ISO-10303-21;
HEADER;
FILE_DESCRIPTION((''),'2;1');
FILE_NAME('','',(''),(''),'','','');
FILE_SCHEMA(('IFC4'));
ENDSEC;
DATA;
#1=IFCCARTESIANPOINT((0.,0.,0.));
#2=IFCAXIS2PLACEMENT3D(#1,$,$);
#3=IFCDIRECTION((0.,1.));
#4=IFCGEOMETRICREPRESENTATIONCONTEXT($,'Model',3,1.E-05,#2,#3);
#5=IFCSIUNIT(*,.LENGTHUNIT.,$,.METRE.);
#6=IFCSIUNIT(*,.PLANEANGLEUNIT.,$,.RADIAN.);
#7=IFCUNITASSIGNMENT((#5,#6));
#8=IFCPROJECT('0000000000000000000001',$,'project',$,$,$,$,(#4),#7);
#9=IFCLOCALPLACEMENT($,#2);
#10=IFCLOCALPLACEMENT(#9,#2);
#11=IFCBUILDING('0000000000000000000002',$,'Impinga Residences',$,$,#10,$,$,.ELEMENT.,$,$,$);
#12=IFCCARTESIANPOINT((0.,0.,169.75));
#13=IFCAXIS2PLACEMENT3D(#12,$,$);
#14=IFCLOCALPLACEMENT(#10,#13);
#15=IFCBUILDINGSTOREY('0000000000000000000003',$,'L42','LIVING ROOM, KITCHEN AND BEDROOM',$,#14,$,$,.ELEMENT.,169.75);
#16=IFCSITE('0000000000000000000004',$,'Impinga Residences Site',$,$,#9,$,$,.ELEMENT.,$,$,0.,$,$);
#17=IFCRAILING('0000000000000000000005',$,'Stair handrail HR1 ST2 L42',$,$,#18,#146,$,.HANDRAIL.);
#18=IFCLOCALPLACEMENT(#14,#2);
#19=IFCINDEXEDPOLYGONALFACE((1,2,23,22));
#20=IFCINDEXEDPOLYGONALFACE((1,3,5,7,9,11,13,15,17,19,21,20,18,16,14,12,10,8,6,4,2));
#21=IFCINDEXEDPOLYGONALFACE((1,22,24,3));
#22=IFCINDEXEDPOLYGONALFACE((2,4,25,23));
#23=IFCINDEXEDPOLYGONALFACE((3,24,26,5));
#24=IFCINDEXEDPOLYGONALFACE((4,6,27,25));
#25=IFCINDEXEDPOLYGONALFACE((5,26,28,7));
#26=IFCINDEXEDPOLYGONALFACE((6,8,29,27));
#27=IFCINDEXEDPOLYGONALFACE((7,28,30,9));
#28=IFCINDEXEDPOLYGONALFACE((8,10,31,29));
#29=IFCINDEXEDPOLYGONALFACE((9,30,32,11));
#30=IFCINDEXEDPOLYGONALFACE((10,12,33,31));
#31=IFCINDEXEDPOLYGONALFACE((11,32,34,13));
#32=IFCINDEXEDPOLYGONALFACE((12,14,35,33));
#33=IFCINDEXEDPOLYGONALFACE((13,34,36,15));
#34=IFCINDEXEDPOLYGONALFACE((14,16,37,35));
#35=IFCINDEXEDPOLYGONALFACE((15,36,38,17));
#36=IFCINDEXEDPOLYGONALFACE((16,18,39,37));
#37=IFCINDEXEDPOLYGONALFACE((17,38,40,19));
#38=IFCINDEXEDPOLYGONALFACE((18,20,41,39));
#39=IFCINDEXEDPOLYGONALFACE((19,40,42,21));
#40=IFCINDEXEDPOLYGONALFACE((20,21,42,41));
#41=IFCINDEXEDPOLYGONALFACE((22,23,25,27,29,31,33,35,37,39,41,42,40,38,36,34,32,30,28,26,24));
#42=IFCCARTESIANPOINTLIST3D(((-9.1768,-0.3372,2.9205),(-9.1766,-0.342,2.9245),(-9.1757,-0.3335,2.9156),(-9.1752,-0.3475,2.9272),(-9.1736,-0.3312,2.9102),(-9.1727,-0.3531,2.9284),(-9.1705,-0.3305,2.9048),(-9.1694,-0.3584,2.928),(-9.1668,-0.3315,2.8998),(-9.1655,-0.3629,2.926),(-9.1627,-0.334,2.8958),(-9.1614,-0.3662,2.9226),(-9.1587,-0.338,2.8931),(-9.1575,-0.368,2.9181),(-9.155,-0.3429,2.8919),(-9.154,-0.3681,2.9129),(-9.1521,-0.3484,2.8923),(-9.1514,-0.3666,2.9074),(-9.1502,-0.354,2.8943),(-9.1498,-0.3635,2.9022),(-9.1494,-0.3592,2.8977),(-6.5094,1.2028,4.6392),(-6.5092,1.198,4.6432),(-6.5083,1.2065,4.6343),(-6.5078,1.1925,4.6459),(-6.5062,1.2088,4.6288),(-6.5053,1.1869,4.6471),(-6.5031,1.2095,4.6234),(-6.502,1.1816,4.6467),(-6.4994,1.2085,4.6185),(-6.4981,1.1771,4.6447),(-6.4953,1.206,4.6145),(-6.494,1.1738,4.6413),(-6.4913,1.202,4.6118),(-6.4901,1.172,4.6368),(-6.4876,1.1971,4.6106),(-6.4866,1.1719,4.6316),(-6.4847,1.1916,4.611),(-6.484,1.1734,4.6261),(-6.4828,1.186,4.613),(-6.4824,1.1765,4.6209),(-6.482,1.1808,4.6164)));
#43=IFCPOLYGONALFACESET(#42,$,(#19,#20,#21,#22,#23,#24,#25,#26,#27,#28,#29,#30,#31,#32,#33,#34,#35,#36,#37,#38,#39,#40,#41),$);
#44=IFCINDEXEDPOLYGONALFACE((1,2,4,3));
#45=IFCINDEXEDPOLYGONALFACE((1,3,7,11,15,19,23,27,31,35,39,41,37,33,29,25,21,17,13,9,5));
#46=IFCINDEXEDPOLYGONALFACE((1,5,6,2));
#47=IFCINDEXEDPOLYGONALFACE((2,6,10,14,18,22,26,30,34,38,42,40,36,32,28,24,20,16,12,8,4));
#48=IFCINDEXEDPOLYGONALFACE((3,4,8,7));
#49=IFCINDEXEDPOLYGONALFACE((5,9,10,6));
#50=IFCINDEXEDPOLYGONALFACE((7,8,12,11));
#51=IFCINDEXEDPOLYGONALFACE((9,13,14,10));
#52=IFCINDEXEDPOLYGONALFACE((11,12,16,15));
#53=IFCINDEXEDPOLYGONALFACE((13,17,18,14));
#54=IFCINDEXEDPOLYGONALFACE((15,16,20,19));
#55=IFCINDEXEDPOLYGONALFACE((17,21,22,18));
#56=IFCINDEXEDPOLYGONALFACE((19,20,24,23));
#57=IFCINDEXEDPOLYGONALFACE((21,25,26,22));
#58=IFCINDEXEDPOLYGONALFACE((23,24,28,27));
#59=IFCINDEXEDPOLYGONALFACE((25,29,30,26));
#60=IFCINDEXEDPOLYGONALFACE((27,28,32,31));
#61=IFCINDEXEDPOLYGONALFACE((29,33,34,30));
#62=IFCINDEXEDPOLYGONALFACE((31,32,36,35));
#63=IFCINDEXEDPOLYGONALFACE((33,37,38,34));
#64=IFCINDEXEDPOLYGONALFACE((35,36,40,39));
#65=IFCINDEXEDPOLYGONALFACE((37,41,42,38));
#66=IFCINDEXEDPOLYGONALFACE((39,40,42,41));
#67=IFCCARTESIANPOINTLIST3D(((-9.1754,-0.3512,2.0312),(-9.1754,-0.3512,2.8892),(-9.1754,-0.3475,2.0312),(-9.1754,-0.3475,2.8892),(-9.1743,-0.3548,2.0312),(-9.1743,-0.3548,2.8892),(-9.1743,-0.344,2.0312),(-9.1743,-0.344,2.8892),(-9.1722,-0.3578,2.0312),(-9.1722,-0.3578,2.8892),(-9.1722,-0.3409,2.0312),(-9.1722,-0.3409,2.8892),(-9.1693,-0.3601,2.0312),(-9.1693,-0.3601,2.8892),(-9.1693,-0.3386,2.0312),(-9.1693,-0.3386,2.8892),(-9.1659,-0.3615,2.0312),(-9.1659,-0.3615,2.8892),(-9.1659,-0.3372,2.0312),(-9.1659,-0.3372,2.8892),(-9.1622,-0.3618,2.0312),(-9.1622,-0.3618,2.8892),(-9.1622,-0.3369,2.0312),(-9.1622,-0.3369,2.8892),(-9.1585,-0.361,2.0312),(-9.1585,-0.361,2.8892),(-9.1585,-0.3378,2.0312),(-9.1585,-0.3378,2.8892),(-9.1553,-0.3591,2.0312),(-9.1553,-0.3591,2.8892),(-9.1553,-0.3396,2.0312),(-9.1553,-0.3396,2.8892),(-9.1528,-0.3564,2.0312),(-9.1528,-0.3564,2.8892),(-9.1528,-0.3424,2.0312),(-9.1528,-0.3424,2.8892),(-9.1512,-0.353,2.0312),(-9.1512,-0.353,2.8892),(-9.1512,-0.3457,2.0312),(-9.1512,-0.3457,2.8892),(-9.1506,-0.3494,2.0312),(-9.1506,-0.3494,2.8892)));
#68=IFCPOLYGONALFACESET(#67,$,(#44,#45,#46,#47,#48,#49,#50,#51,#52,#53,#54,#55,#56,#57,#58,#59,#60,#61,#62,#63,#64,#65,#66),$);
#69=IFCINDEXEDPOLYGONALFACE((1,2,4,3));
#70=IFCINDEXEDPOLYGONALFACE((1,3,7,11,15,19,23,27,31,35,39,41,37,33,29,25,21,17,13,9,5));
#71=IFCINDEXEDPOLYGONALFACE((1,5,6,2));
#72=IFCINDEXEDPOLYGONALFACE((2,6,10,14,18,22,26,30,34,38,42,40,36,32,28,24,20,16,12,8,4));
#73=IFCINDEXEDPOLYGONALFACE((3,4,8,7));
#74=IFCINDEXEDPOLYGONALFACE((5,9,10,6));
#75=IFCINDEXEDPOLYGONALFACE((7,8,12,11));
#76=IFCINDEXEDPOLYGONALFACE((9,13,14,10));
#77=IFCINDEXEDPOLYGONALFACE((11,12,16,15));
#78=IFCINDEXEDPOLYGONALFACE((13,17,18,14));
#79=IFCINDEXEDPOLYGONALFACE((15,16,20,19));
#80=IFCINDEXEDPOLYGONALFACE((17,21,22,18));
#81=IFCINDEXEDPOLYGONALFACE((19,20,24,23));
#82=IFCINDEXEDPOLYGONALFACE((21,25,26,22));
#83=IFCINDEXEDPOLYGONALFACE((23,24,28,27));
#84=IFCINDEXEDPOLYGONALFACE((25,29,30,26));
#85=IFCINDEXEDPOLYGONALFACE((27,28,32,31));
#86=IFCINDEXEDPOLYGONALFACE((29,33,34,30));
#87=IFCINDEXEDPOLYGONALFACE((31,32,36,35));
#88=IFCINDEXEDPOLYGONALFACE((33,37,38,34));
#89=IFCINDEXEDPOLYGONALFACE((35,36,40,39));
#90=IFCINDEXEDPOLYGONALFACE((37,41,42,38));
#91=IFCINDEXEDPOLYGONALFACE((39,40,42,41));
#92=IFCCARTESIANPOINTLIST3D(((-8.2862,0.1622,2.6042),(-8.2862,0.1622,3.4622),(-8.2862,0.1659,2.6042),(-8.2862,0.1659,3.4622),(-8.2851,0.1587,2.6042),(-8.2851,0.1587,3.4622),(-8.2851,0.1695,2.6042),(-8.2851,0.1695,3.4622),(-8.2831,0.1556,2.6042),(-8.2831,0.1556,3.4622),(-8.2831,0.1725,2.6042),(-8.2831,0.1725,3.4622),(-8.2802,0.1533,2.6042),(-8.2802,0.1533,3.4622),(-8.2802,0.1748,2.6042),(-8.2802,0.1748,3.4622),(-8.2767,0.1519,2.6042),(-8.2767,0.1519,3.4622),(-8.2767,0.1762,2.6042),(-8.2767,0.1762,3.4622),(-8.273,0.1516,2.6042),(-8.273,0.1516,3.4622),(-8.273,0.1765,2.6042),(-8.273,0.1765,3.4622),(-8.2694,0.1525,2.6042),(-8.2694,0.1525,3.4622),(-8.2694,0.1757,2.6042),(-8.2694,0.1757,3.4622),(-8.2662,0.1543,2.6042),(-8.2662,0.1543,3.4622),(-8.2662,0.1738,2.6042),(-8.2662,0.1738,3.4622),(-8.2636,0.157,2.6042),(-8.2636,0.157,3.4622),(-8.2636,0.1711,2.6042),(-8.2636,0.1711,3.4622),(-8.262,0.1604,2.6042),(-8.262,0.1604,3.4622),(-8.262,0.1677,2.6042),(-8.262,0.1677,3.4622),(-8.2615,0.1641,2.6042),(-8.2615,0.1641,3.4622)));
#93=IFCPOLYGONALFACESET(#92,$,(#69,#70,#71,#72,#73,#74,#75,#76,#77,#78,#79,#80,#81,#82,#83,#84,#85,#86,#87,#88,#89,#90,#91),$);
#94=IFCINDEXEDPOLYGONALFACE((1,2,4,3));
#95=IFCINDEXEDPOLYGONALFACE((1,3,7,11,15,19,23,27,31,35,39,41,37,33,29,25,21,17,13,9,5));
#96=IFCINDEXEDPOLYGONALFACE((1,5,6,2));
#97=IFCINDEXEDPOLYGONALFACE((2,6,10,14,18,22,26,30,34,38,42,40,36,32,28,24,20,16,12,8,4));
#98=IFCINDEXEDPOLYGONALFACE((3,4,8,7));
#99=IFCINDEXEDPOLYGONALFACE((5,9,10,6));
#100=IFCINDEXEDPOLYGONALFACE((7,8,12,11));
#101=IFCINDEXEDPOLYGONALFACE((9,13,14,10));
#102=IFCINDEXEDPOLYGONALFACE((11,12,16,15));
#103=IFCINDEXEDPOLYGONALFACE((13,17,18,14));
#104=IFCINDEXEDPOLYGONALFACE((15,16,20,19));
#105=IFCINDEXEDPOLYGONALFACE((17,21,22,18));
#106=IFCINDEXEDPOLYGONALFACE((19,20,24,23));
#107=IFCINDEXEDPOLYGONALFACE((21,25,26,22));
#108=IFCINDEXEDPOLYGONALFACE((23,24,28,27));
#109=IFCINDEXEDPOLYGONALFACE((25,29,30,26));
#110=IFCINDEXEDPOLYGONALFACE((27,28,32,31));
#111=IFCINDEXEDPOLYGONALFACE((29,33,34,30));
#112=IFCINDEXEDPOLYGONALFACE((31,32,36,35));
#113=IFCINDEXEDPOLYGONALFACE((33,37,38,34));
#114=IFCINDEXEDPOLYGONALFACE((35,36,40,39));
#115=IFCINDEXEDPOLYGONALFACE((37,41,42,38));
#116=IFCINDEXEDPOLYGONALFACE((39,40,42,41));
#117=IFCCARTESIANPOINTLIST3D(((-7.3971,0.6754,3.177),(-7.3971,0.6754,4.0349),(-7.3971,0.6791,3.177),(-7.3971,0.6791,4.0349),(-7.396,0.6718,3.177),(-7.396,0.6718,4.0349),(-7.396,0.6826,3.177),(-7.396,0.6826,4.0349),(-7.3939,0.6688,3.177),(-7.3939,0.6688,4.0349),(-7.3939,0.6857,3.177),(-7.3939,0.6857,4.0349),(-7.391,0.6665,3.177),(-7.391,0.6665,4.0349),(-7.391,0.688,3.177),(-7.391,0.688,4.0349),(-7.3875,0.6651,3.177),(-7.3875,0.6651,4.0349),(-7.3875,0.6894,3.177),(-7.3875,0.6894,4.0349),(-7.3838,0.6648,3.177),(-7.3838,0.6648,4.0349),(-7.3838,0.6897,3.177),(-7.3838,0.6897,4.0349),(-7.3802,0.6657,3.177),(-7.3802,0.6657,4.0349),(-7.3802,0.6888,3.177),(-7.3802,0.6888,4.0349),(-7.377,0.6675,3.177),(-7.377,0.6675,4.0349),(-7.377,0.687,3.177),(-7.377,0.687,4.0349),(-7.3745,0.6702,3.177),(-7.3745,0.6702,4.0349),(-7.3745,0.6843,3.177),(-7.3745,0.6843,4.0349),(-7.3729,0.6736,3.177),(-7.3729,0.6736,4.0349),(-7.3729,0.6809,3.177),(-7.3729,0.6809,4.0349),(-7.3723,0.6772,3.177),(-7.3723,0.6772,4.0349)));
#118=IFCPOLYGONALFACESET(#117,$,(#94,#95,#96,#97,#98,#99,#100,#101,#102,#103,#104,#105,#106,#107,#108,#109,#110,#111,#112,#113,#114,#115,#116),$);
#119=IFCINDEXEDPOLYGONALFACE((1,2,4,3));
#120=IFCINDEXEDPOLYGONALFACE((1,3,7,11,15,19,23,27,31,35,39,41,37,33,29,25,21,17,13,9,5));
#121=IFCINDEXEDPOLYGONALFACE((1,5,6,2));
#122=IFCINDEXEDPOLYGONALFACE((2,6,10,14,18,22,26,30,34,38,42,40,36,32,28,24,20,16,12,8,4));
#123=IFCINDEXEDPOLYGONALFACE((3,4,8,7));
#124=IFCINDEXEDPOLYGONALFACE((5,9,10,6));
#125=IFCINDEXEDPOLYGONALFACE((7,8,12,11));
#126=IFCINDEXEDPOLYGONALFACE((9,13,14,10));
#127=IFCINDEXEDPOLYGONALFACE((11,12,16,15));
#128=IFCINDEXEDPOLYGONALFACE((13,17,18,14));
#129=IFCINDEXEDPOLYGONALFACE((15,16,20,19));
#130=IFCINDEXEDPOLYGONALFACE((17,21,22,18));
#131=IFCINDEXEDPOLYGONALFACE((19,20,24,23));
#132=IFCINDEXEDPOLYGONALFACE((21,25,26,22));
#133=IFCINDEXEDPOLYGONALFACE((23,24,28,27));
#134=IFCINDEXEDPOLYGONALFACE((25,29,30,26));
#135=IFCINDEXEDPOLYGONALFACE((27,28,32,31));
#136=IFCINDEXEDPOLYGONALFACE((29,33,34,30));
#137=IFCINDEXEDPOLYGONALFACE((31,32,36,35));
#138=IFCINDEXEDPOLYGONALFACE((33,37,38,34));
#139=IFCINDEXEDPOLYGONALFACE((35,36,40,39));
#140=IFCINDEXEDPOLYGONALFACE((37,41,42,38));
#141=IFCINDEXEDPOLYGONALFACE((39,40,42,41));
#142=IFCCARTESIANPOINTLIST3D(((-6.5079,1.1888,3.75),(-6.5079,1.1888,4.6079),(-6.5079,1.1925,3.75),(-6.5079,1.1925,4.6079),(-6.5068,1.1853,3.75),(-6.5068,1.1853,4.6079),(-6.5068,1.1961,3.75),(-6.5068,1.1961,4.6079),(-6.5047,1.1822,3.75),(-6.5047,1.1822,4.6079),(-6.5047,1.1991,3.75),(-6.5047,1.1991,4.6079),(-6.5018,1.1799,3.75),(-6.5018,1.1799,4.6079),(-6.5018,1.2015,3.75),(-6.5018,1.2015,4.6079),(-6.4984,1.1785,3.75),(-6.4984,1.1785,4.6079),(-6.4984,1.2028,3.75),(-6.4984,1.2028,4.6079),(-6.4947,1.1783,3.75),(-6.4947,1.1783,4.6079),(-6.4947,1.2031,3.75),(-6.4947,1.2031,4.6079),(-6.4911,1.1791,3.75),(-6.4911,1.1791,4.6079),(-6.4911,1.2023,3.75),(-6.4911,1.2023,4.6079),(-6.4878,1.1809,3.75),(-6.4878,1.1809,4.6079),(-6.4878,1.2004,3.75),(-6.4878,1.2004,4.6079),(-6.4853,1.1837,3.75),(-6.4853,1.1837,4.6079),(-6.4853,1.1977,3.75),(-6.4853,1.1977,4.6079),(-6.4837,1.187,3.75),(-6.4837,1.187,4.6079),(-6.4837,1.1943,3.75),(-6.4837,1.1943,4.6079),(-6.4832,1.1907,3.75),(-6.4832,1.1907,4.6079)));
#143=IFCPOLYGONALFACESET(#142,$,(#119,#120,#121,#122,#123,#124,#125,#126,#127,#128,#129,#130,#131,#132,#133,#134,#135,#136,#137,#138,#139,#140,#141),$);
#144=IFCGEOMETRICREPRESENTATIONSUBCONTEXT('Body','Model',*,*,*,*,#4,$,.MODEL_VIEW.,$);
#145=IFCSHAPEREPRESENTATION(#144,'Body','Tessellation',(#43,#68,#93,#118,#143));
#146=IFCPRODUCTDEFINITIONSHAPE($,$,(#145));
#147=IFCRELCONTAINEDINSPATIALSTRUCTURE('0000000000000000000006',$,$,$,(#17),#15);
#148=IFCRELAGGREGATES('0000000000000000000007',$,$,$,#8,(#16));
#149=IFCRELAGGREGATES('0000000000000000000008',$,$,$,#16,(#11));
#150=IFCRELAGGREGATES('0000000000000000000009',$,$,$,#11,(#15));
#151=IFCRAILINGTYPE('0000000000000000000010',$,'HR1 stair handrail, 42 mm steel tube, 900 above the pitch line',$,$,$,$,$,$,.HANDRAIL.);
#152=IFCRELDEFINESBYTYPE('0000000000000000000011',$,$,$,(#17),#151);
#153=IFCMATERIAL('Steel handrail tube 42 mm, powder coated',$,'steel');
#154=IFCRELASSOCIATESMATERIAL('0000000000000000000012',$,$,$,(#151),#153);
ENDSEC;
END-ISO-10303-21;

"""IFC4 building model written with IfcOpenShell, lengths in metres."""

from ifc_helpers import new_model, si_unit, direction, frame, origin, origin_2d, place, context, subcontext, project, spatial, circle, extrude, material, type_object, element, save


model = new_model("IFC4")

# Units and contexts
model_context = context("Model", 3, precision=1e-05, world=origin(), true_north=direction((0.0, 1.0)))
body_context = subcontext(model_context, "Body", "Model", "MODEL_VIEW")
ifc_project = project(units=[si_unit("LENGTHUNIT", "METRE"), si_unit("PLANEANGLEUNIT", "RADIAN")], contexts=[model_context])

# Site, building, storey
site_placement = place(None, origin())
site = spatial("IfcSite", under=ifc_project, at=site_placement, Name="Impinga Residences Site", CompositionType="ELEMENT", RefElevation=0.0)
building_placement = place(site_placement, origin())
building = spatial("IfcBuilding", under=site, at=building_placement, Name="Impinga Residences", CompositionType="ELEMENT")
storey_placement = place(building_placement, frame((0.0, 0.0, 169.75)))
storey = spatial("IfcBuildingStorey", under=building, at=storey_placement, Name="L42", Description="LIVING ROOM, KITCHEN AND BEDROOM", CompositionType="ELEMENT", Elevation=169.75)

# Railing
ifc_material_1 = material(Name="Steel handrail tube 42 mm, powder coated", Category="steel")
railing_type_1 = type_object("IfcRailingType", Name="HR1 stair handrail, 42 mm steel tube, 900 above the pitch line", PredefinedType="HANDRAIL", material=ifc_material_1)
railing_1_placement = place(storey_placement, frame((-9.1631, -0.3494, 2.0312)))
element("IfcRailing", 1, at=railing_1_placement, inside=storey, type_object=railing_type_1, Name="Stair handrail HR1 ST2 L42", PredefinedType="HANDRAIL", context=body_context, shape_type="SweptSolid", body=[
    extrude(circle(Radius=0.021, at=origin_2d()), frame((0.0, 0.0, 0.8789), z_axis=(0.756256, 0.436616, 0.487282), x_axis=(-0.499992, 0.86603, 0.0)), (0.0, 0.0, 1.0), 3.5271),
    extrude(circle(Radius=0.0125, at=origin_2d()), origin(), (0.0, 0.0, 1.0), 0.8579),
    extrude(circle(Radius=0.0125, at=origin_2d()), frame((0.8892, 0.5134, 0.573)), (0.0, 0.0, 1.0), 0.8579),
    extrude(circle(Radius=0.0125, at=origin_2d()), frame((1.7783, 1.0266, 1.1458)), (0.0, 0.0, 1.0), 0.8579),
    extrude(circle(Radius=0.0125, at=origin_2d()), frame((2.6675, 1.54, 1.7188)), (0.0, 0.0, 1.0), 0.8579),
])

save(model, "model.ifc")
